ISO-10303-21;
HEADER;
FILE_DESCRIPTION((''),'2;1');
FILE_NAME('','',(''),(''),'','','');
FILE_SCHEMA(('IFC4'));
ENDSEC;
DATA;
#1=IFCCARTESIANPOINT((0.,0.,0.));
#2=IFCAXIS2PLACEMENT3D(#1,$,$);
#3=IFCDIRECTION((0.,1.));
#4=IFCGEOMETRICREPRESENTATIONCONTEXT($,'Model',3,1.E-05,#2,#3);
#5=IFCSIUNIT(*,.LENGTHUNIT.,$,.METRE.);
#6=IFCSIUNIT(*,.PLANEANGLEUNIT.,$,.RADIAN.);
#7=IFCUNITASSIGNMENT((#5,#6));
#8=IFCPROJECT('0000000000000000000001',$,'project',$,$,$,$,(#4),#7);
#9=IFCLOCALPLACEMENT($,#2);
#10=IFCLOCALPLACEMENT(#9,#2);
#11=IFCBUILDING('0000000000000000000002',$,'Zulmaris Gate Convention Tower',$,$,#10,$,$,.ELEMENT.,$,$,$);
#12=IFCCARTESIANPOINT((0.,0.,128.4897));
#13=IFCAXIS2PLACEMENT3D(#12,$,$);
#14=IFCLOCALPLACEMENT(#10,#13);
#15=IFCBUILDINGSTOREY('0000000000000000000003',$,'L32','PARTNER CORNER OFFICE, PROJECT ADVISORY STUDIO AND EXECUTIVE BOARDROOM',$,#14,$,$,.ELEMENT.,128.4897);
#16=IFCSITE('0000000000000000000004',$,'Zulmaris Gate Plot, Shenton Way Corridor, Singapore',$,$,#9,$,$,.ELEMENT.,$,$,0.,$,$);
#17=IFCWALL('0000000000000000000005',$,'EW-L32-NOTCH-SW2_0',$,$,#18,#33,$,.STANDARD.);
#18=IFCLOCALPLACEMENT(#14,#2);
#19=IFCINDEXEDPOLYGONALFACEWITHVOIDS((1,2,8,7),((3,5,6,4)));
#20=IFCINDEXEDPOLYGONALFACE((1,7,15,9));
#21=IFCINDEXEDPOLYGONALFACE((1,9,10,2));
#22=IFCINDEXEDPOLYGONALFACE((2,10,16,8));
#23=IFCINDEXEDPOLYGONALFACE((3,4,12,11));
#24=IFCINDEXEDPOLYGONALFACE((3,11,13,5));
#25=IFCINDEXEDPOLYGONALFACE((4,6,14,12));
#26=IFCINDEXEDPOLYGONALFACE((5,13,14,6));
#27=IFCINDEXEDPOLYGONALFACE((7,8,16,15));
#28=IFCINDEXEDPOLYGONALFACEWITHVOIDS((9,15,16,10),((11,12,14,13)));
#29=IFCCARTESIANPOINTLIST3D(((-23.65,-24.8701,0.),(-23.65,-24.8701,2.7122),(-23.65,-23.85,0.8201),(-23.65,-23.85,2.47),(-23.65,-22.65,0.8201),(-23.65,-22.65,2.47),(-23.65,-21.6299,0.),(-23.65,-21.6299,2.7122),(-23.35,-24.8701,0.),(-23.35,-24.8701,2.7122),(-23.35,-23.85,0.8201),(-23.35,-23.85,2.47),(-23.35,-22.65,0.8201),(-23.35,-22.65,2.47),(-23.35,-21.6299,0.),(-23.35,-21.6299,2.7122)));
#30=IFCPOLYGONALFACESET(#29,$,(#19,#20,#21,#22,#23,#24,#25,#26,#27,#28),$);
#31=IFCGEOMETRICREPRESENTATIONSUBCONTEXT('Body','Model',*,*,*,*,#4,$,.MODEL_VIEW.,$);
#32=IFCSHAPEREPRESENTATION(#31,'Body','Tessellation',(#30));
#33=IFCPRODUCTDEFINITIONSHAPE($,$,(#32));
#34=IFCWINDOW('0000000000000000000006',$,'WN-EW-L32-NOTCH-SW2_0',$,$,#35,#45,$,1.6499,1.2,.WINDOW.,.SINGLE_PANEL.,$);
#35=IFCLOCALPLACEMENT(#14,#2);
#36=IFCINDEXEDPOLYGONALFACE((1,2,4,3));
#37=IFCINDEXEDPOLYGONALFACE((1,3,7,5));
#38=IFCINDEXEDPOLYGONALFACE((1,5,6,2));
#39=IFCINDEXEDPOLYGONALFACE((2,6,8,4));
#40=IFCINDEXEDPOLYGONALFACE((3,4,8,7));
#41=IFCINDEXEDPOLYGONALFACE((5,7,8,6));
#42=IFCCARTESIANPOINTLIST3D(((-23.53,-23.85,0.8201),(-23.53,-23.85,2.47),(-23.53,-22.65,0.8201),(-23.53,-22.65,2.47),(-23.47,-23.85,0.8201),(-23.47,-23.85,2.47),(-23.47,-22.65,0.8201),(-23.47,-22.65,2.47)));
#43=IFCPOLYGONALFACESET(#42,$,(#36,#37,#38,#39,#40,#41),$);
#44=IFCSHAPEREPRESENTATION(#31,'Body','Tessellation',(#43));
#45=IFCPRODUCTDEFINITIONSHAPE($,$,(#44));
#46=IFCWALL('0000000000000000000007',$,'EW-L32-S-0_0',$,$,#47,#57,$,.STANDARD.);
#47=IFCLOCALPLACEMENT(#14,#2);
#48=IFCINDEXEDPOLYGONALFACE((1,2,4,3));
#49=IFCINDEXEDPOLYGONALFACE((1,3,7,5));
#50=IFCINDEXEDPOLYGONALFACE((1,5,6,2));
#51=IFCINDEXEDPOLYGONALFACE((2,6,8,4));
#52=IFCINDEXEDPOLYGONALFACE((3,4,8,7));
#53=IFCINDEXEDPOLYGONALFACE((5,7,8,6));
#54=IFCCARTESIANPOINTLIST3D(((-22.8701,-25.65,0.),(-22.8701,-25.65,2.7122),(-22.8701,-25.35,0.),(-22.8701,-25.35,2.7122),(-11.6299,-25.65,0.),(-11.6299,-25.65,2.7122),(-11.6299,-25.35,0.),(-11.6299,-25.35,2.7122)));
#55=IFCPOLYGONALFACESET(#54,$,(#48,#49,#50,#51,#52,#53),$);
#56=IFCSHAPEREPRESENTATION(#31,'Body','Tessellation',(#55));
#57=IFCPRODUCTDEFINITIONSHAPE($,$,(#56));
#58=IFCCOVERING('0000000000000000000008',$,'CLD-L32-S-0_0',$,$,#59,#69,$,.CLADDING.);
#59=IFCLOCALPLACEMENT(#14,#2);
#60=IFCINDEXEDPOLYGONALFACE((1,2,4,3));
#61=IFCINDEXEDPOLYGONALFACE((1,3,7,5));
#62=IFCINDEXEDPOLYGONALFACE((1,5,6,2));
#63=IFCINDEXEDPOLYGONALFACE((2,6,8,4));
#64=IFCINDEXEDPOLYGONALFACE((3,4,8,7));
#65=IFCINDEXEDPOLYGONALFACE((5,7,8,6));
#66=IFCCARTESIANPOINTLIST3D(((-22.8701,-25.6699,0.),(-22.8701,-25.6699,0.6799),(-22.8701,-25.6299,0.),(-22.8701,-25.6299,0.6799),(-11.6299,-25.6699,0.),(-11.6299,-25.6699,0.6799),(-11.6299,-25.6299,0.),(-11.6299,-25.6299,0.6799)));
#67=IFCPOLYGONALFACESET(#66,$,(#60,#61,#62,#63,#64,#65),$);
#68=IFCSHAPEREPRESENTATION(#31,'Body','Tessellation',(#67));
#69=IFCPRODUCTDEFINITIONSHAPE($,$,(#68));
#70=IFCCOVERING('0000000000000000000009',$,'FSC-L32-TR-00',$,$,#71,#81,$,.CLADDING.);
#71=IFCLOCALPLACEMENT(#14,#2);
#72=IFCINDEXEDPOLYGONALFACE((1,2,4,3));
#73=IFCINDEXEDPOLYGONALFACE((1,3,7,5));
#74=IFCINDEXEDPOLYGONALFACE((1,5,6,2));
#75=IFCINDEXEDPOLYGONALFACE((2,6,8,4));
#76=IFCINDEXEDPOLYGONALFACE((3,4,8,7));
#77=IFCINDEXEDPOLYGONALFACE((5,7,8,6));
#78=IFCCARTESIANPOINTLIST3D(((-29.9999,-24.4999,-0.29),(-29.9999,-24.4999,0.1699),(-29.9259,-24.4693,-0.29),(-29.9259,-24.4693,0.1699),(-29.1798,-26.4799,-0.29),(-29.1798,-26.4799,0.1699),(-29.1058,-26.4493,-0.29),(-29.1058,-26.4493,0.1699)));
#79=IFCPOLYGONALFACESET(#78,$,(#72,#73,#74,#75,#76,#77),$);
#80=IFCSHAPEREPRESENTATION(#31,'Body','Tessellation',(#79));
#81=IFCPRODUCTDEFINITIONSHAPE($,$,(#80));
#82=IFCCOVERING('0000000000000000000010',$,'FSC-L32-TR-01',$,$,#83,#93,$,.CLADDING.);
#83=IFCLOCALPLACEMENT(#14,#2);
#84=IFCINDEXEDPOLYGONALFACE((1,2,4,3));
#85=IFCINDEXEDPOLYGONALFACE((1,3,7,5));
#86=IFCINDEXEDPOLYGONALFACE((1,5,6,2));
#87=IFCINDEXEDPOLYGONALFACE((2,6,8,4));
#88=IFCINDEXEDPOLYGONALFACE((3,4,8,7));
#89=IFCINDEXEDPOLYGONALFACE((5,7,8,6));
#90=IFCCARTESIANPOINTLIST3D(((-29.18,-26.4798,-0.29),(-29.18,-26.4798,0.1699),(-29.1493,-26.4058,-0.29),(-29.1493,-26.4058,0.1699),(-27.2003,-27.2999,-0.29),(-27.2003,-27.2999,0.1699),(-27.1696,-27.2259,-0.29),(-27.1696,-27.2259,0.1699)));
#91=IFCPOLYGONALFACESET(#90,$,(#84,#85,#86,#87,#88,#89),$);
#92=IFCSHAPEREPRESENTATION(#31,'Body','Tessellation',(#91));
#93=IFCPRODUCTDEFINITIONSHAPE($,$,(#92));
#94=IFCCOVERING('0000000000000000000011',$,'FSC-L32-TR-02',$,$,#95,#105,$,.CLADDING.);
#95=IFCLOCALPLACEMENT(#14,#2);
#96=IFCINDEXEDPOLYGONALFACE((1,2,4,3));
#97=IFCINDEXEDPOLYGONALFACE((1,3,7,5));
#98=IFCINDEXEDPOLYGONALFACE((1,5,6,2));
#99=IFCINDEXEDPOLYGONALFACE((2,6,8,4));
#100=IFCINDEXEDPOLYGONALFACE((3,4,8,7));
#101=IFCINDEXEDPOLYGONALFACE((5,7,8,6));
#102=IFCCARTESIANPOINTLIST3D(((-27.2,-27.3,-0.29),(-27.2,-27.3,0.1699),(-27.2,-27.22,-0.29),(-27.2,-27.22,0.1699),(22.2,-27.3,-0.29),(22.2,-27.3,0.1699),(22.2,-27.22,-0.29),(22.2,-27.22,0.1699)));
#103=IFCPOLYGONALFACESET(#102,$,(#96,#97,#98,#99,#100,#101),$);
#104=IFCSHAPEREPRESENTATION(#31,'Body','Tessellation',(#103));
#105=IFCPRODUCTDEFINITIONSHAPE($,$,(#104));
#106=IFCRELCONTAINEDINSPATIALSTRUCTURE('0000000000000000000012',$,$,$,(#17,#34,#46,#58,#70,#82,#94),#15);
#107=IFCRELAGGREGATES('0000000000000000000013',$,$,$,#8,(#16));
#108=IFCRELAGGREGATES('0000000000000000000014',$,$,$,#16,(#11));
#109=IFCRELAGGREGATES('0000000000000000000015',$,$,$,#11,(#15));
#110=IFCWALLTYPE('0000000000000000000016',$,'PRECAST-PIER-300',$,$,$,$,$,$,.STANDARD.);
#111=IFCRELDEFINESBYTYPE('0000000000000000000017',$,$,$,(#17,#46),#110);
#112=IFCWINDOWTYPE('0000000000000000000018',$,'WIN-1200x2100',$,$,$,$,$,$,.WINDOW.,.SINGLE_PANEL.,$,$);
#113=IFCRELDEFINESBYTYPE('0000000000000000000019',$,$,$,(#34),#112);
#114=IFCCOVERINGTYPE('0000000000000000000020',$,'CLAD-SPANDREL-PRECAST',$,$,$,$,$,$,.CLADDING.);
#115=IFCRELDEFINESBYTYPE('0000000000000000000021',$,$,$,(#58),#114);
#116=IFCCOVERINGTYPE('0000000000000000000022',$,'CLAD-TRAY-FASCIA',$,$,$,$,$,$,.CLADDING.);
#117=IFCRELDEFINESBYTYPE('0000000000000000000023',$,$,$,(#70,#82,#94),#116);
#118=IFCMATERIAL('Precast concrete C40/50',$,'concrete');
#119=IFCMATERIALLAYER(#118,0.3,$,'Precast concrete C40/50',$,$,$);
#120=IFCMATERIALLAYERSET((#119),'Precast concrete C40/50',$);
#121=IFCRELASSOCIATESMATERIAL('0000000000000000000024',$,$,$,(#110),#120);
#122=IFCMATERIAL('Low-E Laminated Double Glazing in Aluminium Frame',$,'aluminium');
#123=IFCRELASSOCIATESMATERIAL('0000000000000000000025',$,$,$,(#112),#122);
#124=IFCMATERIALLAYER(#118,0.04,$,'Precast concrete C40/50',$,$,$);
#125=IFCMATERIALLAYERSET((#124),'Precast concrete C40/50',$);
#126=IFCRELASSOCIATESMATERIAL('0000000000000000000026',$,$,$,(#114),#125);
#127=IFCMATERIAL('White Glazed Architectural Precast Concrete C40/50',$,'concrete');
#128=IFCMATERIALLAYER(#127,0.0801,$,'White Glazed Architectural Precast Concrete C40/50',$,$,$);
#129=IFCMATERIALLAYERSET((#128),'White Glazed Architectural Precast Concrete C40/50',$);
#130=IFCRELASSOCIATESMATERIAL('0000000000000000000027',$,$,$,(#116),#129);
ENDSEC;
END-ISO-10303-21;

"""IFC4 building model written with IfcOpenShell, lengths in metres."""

from ifc_helpers import new_model, si_unit, direction, frame, frame_2d, origin, place, context, subcontext, project, spatial, rectangle, extrude, material, layer, layer_set, type_object, element, fill, save


model = new_model("IFC4")

# Units and contexts
model_context = context("Model", 3, precision=1e-05, world=origin(), true_north=direction((0.0, 1.0)))
body_context = subcontext(model_context, "Body", "Model", "MODEL_VIEW")
ifc_project = project(units=[si_unit("LENGTHUNIT", "METRE"), si_unit("PLANEANGLEUNIT", "RADIAN")], contexts=[model_context])

# Site, building, storey
site_placement = place(None, origin())
site = spatial("IfcSite", under=ifc_project, at=site_placement, Name="Zulmaris Gate Plot, Shenton Way Corridor, Singapore", CompositionType="ELEMENT", RefElevation=0.0)
building_placement = place(site_placement, origin())
building = spatial("IfcBuilding", under=site, at=building_placement, Name="Zulmaris Gate Convention Tower", CompositionType="ELEMENT")
storey_placement = place(building_placement, frame((0.0, 0.0, 128.4897)))
storey = spatial("IfcBuildingStorey", under=building, at=storey_placement, Name="L32", Description="PARTNER CORNER OFFICE, PROJECT ADVISORY STUDIO AND EXECUTIVE BOARDROOM", CompositionType="ELEMENT", Elevation=128.4897)

# Wall, opening, window
ifc_material_1 = material(Name="Precast concrete C40/50", Category="concrete")
ifc_layer_1 = layer(ifc_material_1, 0.3, Name="Precast concrete C40/50")
ifc_layer_set_1 = layer_set([ifc_layer_1], Name="Precast concrete C40/50")
wall_type_1 = type_object("IfcWallType", Name="PRECAST-PIER-300", PredefinedType="STANDARD", material=ifc_layer_set_1)
ifc_material_2 = material(Name="Low-E Laminated Double Glazing in Aluminium Frame", Category="aluminium")
window_type = type_object("IfcWindowType", Name="WIN-1200x2100", PartitioningType="SINGLE_PANEL", PredefinedType="WINDOW", material=ifc_material_2)
wall_1_placement = place(storey_placement, frame((-23.5, -21.6299, 0.0), z_axis=(0.0, 0.0, 1.0), x_axis=(0.0, -1.0, 0.0)))
wall_1 = element("IfcWall", 1, at=wall_1_placement, inside=storey, type_object=wall_type_1, Name="EW-L32-NOTCH-SW2_0", PredefinedType="STANDARD", context=body_context, shape_type="SweptSolid", body=[
    extrude(rectangle(XDim=3.2402, YDim=0.3, at=frame_2d((1.6201, 0.0))), origin(), (0.0, 0.0, 1.0), 2.7122),
])
opening_1_placement = place(wall_1_placement, frame((1.02, 0.0, 0.8201)))
opening_1 = element("IfcOpeningElement", 2, at=opening_1_placement, cuts=wall_1, PredefinedType="OPENING", context=body_context, shape_type="SweptSolid", body=[
    extrude(rectangle(XDim=1.2, YDim=1.6499, at=frame_2d((0.6001, 0.825))), frame((0.0, 0.1602, 0.0), z_axis=(0.0, -1.0, 0.0), x_axis=(1.0, 0.0, 0.0)), (0.0, 0.0, 1.0), 0.3201),
])
window_1_placement = place(opening_1_placement, origin())
window_1 = element("IfcWindow", 3, at=window_1_placement, inside=storey, type_object=window_type, Name="WN-EW-L32-NOTCH-SW2_0", OverallHeight=1.6499, OverallWidth=1.2, PartitioningType="SINGLE_PANEL", PredefinedType="WINDOW", context=body_context, shape_type="SweptSolid", body=[
    extrude(rectangle(XDim=1.2, YDim=1.6499, at=frame_2d((0.6001, 0.825))), frame((0.0, 0.03, 0.0), z_axis=(0.0, -1.0, 0.0), x_axis=(1.0, 0.0, 0.0)), (0.0, 0.0, 1.0), 0.0601),
])
fill(opening_1, window_1)

# Wall
wall_2_placement = place(storey_placement, frame((-22.8701, -25.5, 0.0), z_axis=(0.0, 0.0, 1.0), x_axis=(1.0, 0.0, 0.0)))
element("IfcWall", 4, at=wall_2_placement, inside=storey, type_object=wall_type_1, Name="EW-L32-S-0_0", PredefinedType="STANDARD", context=body_context, shape_type="SweptSolid", body=[
    extrude(rectangle(XDim=11.2402, YDim=0.3, at=frame_2d((5.6201, 0.0))), origin(), (0.0, 0.0, 1.0), 2.7122),
])

# Coverings
ifc_layer_2 = layer(ifc_material_1, 0.04, Name="Precast concrete C40/50")
ifc_layer_set_2 = layer_set([ifc_layer_2], Name="Precast concrete C40/50")
covering_type_1 = type_object("IfcCoveringType", Name="CLAD-SPANDREL-PRECAST", PredefinedType="CLADDING", material=ifc_layer_set_2)
covering_1_placement = place(storey_placement, frame((-22.8701, -25.6499, 0.0), z_axis=(0.0, 0.0, 1.0), x_axis=(1.0, 0.0, 0.0)))
element("IfcCovering", 5, at=covering_1_placement, inside=storey, type_object=covering_type_1, Name="CLD-L32-S-0_0", PredefinedType="CLADDING", context=body_context, shape_type="SweptSolid", body=[
    extrude(rectangle(XDim=11.2402, YDim=0.04, at=frame_2d((5.6201, 0.0))), origin(), (0.0, 0.0, 1.0), 0.6799),
])
ifc_material_3 = material(Name="White Glazed Architectural Precast Concrete C40/50", Category="concrete")
ifc_layer_3 = layer(ifc_material_3, 0.0801, Name="White Glazed Architectural Precast Concrete C40/50")
ifc_layer_set_3 = layer_set([ifc_layer_3], Name="White Glazed Architectural Precast Concrete C40/50")
covering_type_2 = type_object("IfcCoveringType", Name="CLAD-TRAY-FASCIA", PredefinedType="CLADDING", material=ifc_layer_set_3)
covering_2_placement = place(storey_placement, frame((-29.9629, -24.4846, -0.29), z_axis=(0.0, 0.0, 1.0), x_axis=(0.382657, -0.92389, 0.0)))
element("IfcCovering", 6, at=covering_2_placement, inside=storey, type_object=covering_type_2, Name="FSC-L32-TR-00", PredefinedType="CLADDING", context=body_context, shape_type="SweptSolid", body=[
    extrude(rectangle(XDim=2.1431, YDim=0.0801, at=frame_2d((1.0715, 0.0))), origin(), (0.0, 0.0, 1.0), 0.46),
])
covering_3_placement = place(storey_placement, frame((-29.1646, -26.4429, -0.29), z_axis=(0.0, 0.0, 1.0), x_axis=(0.923874, -0.382697, 0.0)))
element("IfcCovering", 7, at=covering_3_placement, inside=storey, type_object=covering_type_2, Name="FSC-L32-TR-01", PredefinedType="CLADDING", context=body_context, shape_type="SweptSolid", body=[
    extrude(rectangle(XDim=2.1428, YDim=0.0801, at=frame_2d((1.0713, 0.0))), origin(), (0.0, 0.0, 1.0), 0.46),
])
covering_4_placement = place(storey_placement, frame((-27.2, -27.26, -0.29), z_axis=(0.0, 0.0, 1.0), x_axis=(1.0, 0.0, 0.0)))
element("IfcCovering", 8, at=covering_4_placement, inside=storey, type_object=covering_type_2, Name="FSC-L32-TR-02", PredefinedType="CLADDING", context=body_context, shape_type="SweptSolid", body=[
    extrude(rectangle(XDim=49.3999, YDim=0.0801, at=frame_2d((24.7, 0.0))), origin(), (0.0, 0.0, 1.0), 0.46),
])

save(model, "model.ifc")
